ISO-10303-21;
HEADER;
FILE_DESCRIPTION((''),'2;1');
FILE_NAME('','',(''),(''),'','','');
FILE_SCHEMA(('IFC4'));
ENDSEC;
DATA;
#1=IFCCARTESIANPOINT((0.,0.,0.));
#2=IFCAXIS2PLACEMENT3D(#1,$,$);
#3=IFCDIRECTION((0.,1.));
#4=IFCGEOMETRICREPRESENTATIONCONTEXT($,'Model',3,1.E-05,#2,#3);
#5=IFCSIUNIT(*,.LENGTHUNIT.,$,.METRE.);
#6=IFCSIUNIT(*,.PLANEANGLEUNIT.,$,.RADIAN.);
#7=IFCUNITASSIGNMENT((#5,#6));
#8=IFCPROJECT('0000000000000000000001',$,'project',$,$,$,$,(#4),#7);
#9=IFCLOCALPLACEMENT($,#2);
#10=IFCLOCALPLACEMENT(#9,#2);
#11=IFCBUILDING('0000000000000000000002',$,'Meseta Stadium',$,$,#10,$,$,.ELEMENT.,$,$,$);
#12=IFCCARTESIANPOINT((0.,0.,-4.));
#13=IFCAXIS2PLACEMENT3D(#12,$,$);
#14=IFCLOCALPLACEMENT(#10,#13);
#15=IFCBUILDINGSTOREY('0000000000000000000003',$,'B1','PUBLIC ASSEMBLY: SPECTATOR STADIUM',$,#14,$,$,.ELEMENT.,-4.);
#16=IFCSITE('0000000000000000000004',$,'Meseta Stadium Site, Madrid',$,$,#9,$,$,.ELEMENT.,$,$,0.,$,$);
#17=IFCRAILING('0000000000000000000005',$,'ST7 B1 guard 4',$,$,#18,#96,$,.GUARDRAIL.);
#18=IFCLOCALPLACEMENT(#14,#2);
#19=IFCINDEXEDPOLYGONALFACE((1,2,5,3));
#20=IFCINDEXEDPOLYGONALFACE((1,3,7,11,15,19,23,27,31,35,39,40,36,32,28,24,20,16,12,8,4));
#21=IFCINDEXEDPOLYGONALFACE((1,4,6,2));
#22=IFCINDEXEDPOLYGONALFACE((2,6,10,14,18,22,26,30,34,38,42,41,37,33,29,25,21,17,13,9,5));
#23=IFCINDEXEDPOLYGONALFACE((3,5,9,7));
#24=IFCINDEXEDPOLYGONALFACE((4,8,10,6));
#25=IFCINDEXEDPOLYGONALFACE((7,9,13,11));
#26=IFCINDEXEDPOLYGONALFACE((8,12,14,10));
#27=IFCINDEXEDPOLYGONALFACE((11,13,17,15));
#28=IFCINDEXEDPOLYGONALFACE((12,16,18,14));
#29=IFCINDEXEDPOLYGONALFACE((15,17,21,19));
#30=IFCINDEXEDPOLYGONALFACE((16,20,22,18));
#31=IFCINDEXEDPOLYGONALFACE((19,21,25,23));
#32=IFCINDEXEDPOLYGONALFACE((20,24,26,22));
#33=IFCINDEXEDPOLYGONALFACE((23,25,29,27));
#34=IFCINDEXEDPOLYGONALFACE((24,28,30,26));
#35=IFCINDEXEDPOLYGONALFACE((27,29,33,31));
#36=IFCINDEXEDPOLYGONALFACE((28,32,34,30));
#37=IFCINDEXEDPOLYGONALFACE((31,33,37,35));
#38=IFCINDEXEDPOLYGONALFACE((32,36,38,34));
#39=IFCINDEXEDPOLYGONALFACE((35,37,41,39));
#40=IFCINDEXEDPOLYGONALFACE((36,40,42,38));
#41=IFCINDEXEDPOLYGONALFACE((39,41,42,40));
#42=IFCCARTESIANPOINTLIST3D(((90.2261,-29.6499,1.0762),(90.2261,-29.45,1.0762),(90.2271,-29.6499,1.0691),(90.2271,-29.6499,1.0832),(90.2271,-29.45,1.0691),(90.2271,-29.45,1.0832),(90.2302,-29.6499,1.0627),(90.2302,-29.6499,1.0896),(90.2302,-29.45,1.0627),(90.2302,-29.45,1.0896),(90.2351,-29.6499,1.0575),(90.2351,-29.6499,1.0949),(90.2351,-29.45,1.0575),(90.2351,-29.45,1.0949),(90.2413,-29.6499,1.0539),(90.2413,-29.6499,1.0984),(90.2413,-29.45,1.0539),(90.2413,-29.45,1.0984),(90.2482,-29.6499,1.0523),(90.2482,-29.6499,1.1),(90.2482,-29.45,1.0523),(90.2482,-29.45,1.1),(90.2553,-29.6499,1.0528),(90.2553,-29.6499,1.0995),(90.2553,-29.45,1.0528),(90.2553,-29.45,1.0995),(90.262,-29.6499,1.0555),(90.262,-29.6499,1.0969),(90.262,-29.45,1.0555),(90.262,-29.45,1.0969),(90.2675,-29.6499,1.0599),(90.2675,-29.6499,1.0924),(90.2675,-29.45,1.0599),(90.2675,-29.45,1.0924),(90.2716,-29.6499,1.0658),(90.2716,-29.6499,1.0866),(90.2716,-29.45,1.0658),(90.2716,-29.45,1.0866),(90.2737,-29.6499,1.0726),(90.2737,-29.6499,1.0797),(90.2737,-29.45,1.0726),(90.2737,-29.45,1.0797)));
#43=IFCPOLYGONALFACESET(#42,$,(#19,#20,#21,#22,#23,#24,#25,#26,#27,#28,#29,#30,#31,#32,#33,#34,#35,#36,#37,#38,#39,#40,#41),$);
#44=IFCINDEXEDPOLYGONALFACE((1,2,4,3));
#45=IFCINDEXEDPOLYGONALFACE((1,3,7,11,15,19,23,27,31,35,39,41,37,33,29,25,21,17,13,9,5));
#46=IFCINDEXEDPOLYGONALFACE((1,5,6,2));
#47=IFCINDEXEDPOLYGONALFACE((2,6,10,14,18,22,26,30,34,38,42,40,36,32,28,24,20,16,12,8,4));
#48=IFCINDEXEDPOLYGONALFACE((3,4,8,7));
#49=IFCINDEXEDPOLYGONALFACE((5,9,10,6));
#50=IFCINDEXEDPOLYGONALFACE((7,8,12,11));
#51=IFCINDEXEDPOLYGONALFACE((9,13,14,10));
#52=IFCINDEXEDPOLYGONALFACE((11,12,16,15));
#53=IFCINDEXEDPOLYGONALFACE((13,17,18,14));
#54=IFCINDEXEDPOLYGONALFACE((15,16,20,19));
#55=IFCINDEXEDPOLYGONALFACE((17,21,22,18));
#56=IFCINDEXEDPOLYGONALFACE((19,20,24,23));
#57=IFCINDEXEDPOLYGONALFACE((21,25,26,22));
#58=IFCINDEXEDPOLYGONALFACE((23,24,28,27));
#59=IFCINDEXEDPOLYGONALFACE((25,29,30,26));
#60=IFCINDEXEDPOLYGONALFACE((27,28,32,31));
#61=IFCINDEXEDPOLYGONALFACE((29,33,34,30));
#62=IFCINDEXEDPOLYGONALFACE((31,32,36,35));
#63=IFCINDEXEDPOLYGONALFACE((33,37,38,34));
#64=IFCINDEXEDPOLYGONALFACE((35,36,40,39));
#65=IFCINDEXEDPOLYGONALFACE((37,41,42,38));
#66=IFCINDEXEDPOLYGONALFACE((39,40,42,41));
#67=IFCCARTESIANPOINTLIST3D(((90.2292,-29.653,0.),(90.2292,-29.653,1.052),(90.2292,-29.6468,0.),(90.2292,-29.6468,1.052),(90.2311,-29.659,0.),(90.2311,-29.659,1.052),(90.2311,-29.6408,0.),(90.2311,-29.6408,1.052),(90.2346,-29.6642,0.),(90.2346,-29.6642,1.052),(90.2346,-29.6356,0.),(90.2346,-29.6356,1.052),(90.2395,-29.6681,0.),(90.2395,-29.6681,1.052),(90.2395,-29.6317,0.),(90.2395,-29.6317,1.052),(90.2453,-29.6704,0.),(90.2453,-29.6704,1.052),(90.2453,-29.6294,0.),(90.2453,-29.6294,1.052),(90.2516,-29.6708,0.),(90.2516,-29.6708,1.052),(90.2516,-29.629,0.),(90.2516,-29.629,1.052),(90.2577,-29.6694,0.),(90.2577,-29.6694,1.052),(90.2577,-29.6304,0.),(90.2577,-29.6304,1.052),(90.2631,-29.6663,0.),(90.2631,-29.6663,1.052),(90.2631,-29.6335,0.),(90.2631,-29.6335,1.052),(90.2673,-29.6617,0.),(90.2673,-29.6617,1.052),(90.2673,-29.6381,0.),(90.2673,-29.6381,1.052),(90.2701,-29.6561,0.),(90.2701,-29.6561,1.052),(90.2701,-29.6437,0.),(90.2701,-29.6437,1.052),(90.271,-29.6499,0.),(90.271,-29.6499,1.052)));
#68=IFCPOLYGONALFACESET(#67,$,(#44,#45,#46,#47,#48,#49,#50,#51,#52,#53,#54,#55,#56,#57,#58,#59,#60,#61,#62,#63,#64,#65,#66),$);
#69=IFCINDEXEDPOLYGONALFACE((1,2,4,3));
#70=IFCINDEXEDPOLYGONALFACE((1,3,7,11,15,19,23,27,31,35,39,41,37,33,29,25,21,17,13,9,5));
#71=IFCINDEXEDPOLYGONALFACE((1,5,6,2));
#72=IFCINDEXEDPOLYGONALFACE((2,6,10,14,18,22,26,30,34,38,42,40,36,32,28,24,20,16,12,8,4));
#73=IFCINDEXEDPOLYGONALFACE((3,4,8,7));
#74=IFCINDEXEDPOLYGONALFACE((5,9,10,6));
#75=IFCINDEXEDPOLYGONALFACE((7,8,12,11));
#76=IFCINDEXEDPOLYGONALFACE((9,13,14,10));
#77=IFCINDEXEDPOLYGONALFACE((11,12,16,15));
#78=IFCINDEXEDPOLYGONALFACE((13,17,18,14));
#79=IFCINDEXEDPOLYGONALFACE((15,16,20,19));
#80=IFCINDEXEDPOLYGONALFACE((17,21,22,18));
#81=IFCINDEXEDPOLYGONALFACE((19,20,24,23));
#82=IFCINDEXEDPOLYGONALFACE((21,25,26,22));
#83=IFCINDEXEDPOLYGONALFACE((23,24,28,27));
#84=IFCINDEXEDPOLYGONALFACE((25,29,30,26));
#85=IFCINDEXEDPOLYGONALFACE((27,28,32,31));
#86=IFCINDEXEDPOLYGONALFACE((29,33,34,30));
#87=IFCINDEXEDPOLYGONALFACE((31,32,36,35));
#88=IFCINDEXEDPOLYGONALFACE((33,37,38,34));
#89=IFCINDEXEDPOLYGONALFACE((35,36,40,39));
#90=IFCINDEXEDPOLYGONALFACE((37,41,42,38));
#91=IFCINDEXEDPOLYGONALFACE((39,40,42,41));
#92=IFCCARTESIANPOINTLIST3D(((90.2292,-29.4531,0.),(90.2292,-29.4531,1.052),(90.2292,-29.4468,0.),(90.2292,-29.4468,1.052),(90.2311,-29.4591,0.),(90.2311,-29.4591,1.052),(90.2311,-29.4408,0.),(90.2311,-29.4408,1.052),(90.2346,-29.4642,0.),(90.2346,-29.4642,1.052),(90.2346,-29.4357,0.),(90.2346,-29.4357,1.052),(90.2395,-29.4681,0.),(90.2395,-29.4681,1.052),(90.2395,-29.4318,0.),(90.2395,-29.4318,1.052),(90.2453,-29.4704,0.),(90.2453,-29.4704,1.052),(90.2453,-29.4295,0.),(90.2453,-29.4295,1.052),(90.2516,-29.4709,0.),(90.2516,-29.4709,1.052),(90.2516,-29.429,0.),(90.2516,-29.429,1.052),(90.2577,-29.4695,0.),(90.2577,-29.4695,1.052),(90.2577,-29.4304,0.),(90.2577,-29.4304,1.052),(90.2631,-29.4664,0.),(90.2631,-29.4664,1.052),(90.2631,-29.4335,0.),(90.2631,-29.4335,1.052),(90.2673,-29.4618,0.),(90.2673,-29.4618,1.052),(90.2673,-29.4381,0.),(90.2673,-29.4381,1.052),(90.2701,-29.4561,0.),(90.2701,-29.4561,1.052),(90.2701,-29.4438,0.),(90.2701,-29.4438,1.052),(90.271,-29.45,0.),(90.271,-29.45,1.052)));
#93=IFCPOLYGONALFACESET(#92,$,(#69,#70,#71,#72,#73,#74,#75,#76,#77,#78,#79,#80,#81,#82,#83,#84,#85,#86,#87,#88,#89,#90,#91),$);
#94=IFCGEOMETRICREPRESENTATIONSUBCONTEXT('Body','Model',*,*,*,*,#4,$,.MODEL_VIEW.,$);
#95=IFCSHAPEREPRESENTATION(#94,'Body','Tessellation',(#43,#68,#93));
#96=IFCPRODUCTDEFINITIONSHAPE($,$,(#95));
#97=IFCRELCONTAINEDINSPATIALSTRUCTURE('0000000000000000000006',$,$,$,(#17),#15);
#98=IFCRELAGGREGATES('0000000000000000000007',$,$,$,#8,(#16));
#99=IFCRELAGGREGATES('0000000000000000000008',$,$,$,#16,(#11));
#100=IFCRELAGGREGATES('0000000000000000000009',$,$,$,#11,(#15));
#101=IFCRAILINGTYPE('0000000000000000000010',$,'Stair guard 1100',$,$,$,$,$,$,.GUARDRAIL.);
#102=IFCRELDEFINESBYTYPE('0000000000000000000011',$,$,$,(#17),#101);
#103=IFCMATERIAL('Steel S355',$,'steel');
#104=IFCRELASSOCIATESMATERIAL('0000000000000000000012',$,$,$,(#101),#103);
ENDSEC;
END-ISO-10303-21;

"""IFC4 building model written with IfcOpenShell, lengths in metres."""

from ifc_helpers import new_model, si_unit, direction, frame, origin, origin_2d, place, context, subcontext, project, spatial, circle, extrude, material, type_object, element, save


model = new_model("IFC4")

# Units and contexts
model_context = context("Model", 3, precision=1e-05, world=origin(), true_north=direction((0.0, 1.0)))
body_context = subcontext(model_context, "Body", "Model", "MODEL_VIEW")
ifc_project = project(units=[si_unit("LENGTHUNIT", "METRE"), si_unit("PLANEANGLEUNIT", "RADIAN")], contexts=[model_context])

# Site, building, storey
site_placement = place(None, origin())
site = spatial("IfcSite", under=ifc_project, at=site_placement, Name="Meseta Stadium Site, Madrid", CompositionType="ELEMENT", RefElevation=0.0)
building_placement = place(site_placement, origin())
building = spatial("IfcBuilding", under=site, at=building_placement, Name="Meseta Stadium", CompositionType="ELEMENT")
storey_placement = place(building_placement, frame((0.0, 0.0, -4.0)))
storey = spatial("IfcBuildingStorey", under=building, at=storey_placement, Name="B1", Description="PUBLIC ASSEMBLY: SPECTATOR STADIUM", CompositionType="ELEMENT", Elevation=-4.0)

# Railing
ifc_material_1 = material(Name="Steel S355", Category="steel")
railing_type_1 = type_object("IfcRailingType", Name="Stair guard 1100", PredefinedType="GUARDRAIL", material=ifc_material_1)
railing_1_placement = place(storey_placement, frame((90.25, -29.6499, 0.0)))
element("IfcRailing", 1, at=railing_1_placement, inside=storey, type_object=railing_type_1, Name="ST7 B1 guard 4", PredefinedType="GUARDRAIL", context=body_context, shape_type="SweptSolid", body=[
    extrude(circle(Radius=0.0239, at=origin_2d()), frame((0.0, 0.0, 1.0762), z_axis=(0.0, 1.0, 0.0), x_axis=(-1.0, 0.0, 0.0)), (0.0, 0.0, 1.0), 0.2),
    extrude(circle(Radius=0.021, at=origin_2d()), origin(), (0.0, 0.0, 1.0), 1.052),
    extrude(circle(Radius=0.021, at=origin_2d()), frame((0.0, 0.2, 0.0)), (0.0, 0.0, 1.0), 1.052),
])

save(model, "model.ifc")
